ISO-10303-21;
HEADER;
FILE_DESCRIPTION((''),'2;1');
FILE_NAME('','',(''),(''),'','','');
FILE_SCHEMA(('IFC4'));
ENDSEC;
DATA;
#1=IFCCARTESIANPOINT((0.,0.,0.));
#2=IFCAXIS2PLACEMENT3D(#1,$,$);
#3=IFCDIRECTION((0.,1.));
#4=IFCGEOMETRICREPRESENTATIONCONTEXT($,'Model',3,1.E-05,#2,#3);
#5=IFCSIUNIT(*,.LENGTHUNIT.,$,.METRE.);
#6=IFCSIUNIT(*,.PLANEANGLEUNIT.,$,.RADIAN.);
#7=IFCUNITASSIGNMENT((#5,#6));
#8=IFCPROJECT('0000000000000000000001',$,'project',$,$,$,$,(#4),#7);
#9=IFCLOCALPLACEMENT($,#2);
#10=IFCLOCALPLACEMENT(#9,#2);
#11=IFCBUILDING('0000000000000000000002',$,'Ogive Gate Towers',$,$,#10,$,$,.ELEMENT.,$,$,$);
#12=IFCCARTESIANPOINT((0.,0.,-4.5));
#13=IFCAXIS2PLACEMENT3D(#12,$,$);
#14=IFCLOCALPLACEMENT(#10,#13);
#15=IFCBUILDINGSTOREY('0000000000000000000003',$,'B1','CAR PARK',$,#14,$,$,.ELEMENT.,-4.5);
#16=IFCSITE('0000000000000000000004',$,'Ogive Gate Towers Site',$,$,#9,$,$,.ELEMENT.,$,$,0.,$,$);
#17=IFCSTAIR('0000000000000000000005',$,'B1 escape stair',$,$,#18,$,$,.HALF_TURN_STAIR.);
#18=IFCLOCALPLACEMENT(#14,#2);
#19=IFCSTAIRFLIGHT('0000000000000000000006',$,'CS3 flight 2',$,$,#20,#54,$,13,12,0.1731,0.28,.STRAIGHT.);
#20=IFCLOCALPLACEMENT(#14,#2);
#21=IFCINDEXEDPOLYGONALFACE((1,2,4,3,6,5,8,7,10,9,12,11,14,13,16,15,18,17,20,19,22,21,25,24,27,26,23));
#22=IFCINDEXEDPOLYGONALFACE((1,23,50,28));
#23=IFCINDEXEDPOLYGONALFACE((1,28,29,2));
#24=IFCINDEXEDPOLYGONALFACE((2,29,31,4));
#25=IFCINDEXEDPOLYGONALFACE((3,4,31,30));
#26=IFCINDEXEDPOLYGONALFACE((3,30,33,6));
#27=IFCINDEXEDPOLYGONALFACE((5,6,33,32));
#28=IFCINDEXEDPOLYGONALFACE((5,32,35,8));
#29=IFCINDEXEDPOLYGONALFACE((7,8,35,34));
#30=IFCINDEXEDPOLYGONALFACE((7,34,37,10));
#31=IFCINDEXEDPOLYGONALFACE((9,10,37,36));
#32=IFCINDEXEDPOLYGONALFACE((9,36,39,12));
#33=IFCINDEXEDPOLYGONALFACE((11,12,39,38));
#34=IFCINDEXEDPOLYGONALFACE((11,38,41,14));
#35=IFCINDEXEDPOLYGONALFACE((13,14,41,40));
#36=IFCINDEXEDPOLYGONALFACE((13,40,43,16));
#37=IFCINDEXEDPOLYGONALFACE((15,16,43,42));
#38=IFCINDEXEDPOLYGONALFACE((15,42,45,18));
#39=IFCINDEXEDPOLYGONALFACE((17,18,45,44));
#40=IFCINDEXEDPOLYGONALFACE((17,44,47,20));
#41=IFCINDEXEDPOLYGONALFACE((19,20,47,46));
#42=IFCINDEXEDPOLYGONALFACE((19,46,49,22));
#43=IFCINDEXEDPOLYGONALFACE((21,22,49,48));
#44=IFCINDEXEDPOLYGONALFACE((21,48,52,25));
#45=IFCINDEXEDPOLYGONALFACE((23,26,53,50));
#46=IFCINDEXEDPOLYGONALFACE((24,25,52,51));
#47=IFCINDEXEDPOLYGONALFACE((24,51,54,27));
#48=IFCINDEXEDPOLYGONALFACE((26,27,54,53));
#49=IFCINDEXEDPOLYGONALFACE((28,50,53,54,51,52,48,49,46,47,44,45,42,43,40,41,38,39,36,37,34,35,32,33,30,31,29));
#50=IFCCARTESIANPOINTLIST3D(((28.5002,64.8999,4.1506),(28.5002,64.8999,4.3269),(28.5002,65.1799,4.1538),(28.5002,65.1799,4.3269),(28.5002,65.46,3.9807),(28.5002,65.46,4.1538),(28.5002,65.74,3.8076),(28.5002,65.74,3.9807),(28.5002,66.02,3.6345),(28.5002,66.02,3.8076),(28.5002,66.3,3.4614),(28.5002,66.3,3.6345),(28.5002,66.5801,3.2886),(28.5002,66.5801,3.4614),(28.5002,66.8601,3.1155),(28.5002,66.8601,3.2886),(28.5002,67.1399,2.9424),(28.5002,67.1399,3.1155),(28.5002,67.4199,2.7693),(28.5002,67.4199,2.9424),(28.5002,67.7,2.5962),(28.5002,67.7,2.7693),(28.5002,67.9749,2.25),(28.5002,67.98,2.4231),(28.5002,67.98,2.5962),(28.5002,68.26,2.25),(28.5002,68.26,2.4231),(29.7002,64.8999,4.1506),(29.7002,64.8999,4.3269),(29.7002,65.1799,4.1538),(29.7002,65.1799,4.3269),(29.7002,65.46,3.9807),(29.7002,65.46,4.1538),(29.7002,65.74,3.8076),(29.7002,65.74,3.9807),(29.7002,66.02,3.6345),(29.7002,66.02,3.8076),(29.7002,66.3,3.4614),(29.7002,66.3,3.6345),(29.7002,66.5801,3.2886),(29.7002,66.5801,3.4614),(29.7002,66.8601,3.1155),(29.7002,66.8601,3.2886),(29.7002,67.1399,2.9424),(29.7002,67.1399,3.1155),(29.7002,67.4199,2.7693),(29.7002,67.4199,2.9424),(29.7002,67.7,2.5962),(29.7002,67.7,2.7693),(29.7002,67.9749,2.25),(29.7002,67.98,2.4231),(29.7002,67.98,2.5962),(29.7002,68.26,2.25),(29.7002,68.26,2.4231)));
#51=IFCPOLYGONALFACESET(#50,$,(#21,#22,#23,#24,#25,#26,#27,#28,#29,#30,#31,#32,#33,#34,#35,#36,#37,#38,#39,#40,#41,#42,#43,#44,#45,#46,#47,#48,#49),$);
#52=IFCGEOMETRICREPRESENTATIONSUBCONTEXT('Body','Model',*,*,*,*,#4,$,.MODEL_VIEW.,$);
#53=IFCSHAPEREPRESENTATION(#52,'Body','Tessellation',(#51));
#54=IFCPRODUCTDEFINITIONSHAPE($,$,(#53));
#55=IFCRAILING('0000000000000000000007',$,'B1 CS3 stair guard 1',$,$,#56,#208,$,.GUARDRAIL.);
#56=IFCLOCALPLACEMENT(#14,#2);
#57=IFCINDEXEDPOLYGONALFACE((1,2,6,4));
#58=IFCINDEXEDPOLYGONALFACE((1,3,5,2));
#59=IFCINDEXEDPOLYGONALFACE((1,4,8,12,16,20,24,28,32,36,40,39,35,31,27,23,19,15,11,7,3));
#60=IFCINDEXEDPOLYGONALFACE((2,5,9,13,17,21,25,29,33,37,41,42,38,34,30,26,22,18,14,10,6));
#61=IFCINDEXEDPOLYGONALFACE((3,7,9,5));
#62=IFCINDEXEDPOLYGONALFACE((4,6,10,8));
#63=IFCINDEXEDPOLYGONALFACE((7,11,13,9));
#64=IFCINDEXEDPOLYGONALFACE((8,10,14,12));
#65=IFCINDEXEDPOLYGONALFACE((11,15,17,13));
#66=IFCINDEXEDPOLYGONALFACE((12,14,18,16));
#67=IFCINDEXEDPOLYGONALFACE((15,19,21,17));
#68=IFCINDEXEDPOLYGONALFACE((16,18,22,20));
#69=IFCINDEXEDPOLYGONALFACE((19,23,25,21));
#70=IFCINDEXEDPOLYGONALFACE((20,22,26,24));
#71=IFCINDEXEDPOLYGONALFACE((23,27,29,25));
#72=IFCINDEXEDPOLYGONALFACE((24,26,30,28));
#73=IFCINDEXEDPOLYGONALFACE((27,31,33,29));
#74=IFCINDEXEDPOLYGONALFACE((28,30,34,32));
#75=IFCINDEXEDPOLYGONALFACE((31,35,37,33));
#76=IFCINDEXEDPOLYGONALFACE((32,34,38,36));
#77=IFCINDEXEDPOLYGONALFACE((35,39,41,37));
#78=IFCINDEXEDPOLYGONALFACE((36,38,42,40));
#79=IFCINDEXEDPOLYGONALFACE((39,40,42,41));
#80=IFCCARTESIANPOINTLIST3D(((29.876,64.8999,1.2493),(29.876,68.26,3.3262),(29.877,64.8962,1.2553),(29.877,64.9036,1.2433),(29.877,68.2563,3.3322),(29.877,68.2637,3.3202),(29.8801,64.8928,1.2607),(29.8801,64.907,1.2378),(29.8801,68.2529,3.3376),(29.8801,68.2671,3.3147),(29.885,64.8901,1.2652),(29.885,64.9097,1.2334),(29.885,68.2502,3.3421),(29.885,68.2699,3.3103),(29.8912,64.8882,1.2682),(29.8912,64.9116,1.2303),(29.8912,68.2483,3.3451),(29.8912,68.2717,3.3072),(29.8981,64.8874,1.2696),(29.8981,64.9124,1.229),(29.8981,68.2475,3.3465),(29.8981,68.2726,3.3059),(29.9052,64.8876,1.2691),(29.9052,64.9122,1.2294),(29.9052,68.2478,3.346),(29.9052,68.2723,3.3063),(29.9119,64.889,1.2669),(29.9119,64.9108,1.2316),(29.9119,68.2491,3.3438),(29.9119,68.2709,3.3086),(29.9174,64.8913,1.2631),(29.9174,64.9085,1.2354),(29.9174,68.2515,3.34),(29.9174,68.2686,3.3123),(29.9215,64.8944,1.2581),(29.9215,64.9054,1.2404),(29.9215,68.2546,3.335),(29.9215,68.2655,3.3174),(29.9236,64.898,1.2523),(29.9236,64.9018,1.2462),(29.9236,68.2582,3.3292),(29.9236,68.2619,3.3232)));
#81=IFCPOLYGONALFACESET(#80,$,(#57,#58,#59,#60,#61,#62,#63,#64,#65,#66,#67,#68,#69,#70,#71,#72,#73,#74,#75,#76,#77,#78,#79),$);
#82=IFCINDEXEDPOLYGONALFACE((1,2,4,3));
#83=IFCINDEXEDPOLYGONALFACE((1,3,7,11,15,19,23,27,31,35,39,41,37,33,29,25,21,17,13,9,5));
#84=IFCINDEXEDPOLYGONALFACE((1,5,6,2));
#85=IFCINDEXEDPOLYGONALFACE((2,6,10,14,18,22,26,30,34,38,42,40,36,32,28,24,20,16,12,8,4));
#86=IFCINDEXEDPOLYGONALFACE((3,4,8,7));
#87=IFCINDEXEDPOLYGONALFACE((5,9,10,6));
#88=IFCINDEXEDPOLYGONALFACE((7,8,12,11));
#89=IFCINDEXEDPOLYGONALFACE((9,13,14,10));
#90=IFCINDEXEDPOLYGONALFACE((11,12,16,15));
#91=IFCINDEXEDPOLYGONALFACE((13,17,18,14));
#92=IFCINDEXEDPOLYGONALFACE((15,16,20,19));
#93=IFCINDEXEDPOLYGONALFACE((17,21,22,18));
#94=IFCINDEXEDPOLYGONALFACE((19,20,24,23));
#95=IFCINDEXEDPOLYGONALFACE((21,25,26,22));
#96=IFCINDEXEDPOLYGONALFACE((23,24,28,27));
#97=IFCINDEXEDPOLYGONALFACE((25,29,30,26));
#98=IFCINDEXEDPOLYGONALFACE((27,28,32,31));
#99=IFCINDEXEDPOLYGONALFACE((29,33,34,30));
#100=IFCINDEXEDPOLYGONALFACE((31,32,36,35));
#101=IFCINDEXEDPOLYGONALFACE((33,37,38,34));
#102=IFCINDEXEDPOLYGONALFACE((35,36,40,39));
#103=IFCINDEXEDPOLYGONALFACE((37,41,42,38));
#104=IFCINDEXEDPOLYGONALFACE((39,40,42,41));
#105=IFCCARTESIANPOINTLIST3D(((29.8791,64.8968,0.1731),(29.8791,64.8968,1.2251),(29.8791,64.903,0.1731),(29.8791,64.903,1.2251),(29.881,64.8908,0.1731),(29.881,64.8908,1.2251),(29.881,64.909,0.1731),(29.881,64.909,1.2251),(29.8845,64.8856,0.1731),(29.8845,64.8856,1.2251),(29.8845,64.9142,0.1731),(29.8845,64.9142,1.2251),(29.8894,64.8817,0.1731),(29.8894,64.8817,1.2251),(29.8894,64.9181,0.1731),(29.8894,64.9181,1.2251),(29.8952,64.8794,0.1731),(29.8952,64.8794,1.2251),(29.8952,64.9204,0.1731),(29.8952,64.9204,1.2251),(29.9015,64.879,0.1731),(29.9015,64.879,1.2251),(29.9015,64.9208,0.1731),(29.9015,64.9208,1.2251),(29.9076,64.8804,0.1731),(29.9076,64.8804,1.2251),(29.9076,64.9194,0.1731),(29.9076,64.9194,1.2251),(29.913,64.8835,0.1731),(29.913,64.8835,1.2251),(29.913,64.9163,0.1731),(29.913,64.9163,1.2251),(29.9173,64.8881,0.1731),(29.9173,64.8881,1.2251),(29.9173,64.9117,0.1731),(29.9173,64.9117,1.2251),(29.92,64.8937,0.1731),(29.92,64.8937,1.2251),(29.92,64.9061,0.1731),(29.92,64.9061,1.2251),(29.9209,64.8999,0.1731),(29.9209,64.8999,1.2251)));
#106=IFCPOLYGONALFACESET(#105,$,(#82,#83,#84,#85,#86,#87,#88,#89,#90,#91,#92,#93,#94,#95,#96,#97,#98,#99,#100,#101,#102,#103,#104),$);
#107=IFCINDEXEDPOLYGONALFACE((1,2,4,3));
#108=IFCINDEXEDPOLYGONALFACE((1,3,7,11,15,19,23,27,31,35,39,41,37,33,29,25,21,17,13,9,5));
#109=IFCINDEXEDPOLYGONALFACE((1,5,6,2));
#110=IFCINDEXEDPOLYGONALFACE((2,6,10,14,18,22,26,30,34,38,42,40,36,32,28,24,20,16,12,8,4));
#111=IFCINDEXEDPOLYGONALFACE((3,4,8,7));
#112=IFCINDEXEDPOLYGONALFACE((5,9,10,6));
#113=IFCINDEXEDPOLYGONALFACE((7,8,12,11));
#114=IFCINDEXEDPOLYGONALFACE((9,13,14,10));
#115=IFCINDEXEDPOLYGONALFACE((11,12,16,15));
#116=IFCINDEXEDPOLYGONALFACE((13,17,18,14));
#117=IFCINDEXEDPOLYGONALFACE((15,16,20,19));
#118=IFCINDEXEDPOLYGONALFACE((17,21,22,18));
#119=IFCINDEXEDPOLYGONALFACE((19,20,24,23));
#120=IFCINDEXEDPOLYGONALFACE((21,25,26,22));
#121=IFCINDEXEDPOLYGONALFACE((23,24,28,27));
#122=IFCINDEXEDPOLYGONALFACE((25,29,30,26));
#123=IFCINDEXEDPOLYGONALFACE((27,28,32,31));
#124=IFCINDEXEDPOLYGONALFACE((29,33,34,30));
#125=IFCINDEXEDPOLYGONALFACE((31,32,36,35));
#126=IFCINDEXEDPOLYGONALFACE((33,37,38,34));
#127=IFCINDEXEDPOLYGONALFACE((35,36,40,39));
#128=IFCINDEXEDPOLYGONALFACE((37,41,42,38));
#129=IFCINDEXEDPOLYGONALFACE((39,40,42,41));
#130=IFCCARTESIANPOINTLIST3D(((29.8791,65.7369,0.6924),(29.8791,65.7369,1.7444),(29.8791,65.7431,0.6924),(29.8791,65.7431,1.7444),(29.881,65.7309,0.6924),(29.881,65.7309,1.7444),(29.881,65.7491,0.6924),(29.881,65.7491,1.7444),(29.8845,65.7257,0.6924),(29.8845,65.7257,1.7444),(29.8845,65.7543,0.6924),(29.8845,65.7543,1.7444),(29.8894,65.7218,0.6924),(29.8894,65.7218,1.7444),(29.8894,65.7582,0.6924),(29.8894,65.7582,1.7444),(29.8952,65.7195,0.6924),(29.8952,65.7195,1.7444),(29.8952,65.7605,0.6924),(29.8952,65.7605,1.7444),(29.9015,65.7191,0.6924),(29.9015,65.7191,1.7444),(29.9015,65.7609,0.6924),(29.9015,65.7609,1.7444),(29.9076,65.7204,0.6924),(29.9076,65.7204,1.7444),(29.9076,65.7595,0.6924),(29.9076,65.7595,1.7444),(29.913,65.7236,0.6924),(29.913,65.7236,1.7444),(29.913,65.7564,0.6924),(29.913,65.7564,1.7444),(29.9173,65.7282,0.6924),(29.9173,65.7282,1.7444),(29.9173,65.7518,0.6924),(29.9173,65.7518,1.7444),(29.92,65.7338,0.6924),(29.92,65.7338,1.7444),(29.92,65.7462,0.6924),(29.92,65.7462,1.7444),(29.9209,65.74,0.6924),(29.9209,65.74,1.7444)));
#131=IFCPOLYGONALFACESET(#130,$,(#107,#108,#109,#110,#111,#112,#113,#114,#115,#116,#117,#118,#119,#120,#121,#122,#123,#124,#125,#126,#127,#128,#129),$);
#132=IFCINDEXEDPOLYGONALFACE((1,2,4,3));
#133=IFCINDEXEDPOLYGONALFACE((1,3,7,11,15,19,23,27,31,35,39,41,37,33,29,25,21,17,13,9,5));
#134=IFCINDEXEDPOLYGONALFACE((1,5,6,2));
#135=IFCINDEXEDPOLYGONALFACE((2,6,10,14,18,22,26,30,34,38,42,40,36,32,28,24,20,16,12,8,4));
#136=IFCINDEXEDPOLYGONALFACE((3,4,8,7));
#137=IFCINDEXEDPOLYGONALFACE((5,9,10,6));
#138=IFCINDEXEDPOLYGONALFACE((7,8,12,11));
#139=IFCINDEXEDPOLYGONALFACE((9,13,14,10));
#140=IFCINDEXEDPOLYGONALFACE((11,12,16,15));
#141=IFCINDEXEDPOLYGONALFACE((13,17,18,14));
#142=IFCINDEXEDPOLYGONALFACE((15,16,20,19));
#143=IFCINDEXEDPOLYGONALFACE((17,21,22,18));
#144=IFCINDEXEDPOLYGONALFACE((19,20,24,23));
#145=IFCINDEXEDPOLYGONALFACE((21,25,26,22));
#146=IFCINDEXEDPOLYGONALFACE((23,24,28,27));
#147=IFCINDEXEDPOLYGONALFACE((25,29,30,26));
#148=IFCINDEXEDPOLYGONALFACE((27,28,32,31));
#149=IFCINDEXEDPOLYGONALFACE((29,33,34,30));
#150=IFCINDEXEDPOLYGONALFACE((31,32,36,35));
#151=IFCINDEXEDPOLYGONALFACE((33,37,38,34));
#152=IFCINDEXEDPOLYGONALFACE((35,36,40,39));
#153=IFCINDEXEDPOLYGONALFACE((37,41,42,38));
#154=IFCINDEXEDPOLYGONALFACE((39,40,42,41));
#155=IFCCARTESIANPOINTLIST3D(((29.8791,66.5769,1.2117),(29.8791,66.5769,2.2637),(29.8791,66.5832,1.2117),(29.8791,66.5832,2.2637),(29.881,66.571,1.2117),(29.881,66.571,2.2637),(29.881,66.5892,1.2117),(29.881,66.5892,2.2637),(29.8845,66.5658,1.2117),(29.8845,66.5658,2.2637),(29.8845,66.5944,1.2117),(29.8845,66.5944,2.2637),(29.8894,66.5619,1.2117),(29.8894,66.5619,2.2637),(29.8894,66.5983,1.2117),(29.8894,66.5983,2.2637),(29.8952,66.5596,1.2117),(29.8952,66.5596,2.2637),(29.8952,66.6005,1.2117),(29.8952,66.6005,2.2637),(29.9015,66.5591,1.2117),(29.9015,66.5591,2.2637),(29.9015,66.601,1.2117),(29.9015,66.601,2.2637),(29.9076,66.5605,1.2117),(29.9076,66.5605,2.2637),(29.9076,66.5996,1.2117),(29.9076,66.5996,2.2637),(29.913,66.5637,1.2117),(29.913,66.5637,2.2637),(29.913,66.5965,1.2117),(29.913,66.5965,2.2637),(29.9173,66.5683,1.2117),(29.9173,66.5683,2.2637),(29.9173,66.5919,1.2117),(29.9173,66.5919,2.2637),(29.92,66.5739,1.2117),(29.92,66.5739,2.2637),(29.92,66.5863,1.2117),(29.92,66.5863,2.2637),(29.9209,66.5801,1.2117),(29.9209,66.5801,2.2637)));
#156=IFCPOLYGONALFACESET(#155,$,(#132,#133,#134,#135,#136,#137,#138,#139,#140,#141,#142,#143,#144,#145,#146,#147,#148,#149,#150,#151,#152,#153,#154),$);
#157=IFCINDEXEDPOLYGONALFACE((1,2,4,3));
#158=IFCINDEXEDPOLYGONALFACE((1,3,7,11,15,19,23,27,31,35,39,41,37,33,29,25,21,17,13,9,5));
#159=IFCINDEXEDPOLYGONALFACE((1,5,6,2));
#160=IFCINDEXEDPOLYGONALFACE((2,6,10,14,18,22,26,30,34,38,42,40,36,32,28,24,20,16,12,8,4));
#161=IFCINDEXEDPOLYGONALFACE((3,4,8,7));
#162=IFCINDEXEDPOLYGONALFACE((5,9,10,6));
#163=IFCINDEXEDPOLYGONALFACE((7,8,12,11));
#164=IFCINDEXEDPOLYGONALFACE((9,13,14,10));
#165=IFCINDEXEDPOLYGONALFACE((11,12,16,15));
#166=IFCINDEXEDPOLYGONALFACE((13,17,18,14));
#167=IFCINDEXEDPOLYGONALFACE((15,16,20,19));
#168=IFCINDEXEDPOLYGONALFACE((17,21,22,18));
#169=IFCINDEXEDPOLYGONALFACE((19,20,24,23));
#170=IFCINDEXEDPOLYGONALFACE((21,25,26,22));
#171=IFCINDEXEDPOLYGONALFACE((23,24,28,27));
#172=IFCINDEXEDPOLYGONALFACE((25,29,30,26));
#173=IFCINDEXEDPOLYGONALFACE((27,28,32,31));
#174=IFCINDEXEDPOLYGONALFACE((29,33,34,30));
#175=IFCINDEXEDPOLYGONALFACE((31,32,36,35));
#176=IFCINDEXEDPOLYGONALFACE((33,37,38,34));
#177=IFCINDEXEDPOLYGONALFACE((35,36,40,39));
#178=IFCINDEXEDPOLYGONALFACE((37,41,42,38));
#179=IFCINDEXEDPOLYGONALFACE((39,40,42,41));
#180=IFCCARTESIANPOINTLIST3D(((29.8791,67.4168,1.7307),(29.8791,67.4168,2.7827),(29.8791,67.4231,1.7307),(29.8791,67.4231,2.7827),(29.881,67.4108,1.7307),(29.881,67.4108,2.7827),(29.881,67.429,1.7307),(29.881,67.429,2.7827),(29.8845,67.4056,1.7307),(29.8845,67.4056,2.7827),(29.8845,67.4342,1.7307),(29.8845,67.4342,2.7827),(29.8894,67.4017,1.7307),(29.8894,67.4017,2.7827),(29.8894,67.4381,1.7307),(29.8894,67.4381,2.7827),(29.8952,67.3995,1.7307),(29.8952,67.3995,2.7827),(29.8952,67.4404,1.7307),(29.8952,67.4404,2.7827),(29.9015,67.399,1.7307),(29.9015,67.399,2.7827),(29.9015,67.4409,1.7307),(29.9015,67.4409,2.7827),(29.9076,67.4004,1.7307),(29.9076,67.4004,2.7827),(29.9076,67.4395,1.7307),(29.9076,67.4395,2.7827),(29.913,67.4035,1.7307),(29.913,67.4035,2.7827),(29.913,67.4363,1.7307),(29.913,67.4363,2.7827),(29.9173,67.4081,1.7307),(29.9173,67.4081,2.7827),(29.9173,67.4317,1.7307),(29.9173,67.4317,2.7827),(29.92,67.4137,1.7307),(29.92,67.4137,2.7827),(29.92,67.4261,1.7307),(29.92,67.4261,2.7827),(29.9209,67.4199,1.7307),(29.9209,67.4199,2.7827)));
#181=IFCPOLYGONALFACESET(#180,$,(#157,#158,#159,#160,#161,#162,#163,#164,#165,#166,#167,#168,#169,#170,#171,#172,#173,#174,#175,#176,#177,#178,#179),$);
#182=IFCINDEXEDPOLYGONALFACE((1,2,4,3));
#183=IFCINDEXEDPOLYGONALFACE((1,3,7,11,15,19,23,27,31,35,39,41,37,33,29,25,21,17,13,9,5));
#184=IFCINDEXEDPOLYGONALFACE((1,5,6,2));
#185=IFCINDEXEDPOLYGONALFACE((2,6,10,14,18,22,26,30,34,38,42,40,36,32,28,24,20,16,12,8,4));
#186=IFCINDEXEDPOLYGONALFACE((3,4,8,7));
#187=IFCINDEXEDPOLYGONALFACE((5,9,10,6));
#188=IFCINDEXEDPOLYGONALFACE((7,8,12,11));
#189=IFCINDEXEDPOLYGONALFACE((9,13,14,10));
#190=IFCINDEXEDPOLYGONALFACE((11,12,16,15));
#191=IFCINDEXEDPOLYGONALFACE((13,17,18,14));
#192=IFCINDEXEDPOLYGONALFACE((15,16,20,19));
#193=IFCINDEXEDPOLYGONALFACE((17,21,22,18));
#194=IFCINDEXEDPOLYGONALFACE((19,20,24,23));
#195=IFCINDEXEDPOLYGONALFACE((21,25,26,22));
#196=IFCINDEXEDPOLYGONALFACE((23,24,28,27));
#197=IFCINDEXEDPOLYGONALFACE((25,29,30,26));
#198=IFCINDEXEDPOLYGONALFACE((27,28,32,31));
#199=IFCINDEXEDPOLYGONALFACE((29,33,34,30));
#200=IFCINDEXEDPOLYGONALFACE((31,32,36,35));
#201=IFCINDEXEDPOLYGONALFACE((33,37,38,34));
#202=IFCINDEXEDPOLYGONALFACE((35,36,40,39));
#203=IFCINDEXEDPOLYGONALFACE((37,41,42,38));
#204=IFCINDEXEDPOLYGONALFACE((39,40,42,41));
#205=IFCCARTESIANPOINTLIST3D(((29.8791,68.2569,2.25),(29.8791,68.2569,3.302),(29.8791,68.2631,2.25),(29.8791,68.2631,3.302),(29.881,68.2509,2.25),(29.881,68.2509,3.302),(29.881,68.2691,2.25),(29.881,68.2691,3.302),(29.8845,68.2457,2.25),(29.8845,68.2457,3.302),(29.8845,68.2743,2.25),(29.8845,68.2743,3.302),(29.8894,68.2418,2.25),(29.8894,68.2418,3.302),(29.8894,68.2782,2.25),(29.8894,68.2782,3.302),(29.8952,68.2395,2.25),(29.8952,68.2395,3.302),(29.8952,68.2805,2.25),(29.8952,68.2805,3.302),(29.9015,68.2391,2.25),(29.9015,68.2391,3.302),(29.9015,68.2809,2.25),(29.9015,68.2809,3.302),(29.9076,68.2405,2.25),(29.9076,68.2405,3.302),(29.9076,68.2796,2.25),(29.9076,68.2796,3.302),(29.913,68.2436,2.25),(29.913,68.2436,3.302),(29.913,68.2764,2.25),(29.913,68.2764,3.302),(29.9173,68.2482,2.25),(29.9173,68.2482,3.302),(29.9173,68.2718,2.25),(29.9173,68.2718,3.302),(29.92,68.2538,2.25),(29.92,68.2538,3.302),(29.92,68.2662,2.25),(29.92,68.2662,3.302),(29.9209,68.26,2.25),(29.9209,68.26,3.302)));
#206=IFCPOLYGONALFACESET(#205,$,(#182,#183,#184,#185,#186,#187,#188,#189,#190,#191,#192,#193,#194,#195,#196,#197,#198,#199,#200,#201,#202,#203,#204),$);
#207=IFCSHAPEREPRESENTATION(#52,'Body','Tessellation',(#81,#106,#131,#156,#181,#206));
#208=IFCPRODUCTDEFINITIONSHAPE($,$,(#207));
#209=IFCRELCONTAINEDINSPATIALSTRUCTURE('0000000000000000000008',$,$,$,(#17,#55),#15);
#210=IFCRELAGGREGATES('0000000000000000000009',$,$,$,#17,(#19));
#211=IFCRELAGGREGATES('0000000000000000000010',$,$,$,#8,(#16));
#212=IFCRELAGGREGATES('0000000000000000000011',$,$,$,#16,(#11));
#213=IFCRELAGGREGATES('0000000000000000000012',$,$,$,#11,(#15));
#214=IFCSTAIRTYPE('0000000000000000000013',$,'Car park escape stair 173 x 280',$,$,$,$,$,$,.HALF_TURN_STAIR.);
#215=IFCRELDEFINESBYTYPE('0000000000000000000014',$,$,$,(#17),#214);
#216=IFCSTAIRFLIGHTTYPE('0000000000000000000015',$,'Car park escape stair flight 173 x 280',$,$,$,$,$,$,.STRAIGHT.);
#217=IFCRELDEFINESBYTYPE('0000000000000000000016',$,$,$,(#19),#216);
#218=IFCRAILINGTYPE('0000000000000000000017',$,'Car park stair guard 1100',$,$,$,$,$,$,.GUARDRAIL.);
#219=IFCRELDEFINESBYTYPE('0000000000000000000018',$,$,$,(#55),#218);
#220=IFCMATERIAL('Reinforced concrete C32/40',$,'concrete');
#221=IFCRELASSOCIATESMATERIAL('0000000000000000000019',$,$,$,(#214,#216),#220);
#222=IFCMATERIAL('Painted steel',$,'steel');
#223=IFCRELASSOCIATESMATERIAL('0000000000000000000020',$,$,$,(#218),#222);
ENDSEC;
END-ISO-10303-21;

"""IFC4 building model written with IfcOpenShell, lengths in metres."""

from ifc_helpers import new_model, si_unit, direction, frame, origin, origin_2d, place, context, subcontext, project, spatial, polyline, circle, outline, extrude, material, type_object, element, aggregate, save


model = new_model("IFC4")

# Units and contexts
model_context = context("Model", 3, precision=1e-05, world=origin(), true_north=direction((0.0, 1.0)))
body_context = subcontext(model_context, "Body", "Model", "MODEL_VIEW")
ifc_project = project(units=[si_unit("LENGTHUNIT", "METRE"), si_unit("PLANEANGLEUNIT", "RADIAN")], contexts=[model_context])

# Site, building, storey
site_placement = place(None, origin())
site = spatial("IfcSite", under=ifc_project, at=site_placement, Name="Ogive Gate Towers Site", CompositionType="ELEMENT", RefElevation=0.0)
building_placement = place(site_placement, origin())
building = spatial("IfcBuilding", under=site, at=building_placement, Name="Ogive Gate Towers", CompositionType="ELEMENT")
storey_placement = place(building_placement, frame((0.0, 0.0, -4.5)))
storey = spatial("IfcBuildingStorey", under=building, at=storey_placement, Name="B1", Description="CAR PARK", CompositionType="ELEMENT", Elevation=-4.5)

# Shared definitions
ifc_material_1 = material(Name="Reinforced concrete C32/40", Category="concrete")

# Stair, stair flight
stair_type = type_object("IfcStairType", Name="Car park escape stair 173 x 280", PredefinedType="HALF_TURN_STAIR", material=ifc_material_1)
stair_placement = place(storey_placement, origin())
stair = element("IfcStair", 1, at=stair_placement, inside=storey, type_object=stair_type, Name="B1 escape stair", PredefinedType="HALF_TURN_STAIR")
stair_flight_type = type_object("IfcStairFlightType", Name="Car park escape stair flight 173 x 280", PredefinedType="STRAIGHT", material=ifc_material_1)
stair_flight_1_placement = place(storey_placement, frame((29.1001, 68.26, 2.25), z_axis=(0.0, 0.0, 1.0), x_axis=(0.0, -1.0, 0.0)))
stair_flight_1 = element("IfcStairFlight", 2, at=stair_flight_1_placement, type_object=stair_flight_type, Name="CS3 flight 2", NumberOfRisers=13, NumberOfTreads=12, PredefinedType="STRAIGHT", RiserHeight=0.1731, TreadLength=0.28, context=body_context, shape_type="SweptSolid", body=[
    extrude(outline(polyline([(0.0, 0.0), (0.0, 0.1731), (0.28, 0.1731), (0.28, 0.3462), (0.5601, 0.3462), (0.5601, 0.5193), (0.8401, 0.5193), (0.8401, 0.6924), (1.1201, 0.6924), (1.1201, 0.8655), (1.3999, 0.8655), (1.3999, 1.0386), (1.6799, 1.0386), (1.6799, 1.2114), (1.96, 1.2114), (1.96, 1.3845), (2.24, 1.3845), (2.24, 1.5576), (2.52, 1.5576), (2.52, 1.7307), (2.8, 1.7307), (2.8, 1.9038), (3.0801, 1.9038), (3.0801, 2.0769), (3.3601, 2.0769), (3.3601, 2.25), (3.3601, 1.9006), (0.2852, 0.0), (0.0, 0.0)])), frame((0.0, 0.6001, 0.0), z_axis=(0.0, -1.0, 0.0), x_axis=(1.0, 0.0, 0.0)), (0.0, 0.0, 1.0), 1.2),
])
aggregate(stair, [stair_flight_1])

# Railing
ifc_material_2 = material(Name="Painted steel", Category="steel")
railing_type_1 = type_object("IfcRailingType", Name="Car park stair guard 1100", PredefinedType="GUARDRAIL", material=ifc_material_2)
railing_1_placement = place(storey_placement, frame((29.8999, 64.8999, 0.1731)))
element("IfcRailing", 3, at=railing_1_placement, inside=storey, type_object=railing_type_1, Name="B1 CS3 stair guard 1", PredefinedType="GUARDRAIL", context=body_context, shape_type="SweptSolid", body=[
    extrude(circle(Radius=0.0239, at=origin_2d()), frame((0.0, 0.0, 1.0762), z_axis=(0.0, 0.850623, 0.525776), x_axis=(-1.0, 0.0, 0.0)), (0.0, 0.0, 1.0), 3.9502),
    extrude(circle(Radius=0.021, at=origin_2d()), origin(), (0.0, 0.0, 1.0), 1.052),
    extrude(circle(Radius=0.021, at=origin_2d()), frame((0.0, 0.8401, 0.5193)), (0.0, 0.0, 1.0), 1.052),
    extrude(circle(Radius=0.021, at=origin_2d()), frame((0.0, 1.6802, 1.0386)), (0.0, 0.0, 1.0), 1.052),
    extrude(circle(Radius=0.021, at=origin_2d()), frame((0.0, 2.52, 1.5576)), (0.0, 0.0, 1.0), 1.052),
    extrude(circle(Radius=0.021, at=origin_2d()), frame((0.0, 3.3601, 2.0769)), (0.0, 0.0, 1.0), 1.052),
])

save(model, "model.ifc")
